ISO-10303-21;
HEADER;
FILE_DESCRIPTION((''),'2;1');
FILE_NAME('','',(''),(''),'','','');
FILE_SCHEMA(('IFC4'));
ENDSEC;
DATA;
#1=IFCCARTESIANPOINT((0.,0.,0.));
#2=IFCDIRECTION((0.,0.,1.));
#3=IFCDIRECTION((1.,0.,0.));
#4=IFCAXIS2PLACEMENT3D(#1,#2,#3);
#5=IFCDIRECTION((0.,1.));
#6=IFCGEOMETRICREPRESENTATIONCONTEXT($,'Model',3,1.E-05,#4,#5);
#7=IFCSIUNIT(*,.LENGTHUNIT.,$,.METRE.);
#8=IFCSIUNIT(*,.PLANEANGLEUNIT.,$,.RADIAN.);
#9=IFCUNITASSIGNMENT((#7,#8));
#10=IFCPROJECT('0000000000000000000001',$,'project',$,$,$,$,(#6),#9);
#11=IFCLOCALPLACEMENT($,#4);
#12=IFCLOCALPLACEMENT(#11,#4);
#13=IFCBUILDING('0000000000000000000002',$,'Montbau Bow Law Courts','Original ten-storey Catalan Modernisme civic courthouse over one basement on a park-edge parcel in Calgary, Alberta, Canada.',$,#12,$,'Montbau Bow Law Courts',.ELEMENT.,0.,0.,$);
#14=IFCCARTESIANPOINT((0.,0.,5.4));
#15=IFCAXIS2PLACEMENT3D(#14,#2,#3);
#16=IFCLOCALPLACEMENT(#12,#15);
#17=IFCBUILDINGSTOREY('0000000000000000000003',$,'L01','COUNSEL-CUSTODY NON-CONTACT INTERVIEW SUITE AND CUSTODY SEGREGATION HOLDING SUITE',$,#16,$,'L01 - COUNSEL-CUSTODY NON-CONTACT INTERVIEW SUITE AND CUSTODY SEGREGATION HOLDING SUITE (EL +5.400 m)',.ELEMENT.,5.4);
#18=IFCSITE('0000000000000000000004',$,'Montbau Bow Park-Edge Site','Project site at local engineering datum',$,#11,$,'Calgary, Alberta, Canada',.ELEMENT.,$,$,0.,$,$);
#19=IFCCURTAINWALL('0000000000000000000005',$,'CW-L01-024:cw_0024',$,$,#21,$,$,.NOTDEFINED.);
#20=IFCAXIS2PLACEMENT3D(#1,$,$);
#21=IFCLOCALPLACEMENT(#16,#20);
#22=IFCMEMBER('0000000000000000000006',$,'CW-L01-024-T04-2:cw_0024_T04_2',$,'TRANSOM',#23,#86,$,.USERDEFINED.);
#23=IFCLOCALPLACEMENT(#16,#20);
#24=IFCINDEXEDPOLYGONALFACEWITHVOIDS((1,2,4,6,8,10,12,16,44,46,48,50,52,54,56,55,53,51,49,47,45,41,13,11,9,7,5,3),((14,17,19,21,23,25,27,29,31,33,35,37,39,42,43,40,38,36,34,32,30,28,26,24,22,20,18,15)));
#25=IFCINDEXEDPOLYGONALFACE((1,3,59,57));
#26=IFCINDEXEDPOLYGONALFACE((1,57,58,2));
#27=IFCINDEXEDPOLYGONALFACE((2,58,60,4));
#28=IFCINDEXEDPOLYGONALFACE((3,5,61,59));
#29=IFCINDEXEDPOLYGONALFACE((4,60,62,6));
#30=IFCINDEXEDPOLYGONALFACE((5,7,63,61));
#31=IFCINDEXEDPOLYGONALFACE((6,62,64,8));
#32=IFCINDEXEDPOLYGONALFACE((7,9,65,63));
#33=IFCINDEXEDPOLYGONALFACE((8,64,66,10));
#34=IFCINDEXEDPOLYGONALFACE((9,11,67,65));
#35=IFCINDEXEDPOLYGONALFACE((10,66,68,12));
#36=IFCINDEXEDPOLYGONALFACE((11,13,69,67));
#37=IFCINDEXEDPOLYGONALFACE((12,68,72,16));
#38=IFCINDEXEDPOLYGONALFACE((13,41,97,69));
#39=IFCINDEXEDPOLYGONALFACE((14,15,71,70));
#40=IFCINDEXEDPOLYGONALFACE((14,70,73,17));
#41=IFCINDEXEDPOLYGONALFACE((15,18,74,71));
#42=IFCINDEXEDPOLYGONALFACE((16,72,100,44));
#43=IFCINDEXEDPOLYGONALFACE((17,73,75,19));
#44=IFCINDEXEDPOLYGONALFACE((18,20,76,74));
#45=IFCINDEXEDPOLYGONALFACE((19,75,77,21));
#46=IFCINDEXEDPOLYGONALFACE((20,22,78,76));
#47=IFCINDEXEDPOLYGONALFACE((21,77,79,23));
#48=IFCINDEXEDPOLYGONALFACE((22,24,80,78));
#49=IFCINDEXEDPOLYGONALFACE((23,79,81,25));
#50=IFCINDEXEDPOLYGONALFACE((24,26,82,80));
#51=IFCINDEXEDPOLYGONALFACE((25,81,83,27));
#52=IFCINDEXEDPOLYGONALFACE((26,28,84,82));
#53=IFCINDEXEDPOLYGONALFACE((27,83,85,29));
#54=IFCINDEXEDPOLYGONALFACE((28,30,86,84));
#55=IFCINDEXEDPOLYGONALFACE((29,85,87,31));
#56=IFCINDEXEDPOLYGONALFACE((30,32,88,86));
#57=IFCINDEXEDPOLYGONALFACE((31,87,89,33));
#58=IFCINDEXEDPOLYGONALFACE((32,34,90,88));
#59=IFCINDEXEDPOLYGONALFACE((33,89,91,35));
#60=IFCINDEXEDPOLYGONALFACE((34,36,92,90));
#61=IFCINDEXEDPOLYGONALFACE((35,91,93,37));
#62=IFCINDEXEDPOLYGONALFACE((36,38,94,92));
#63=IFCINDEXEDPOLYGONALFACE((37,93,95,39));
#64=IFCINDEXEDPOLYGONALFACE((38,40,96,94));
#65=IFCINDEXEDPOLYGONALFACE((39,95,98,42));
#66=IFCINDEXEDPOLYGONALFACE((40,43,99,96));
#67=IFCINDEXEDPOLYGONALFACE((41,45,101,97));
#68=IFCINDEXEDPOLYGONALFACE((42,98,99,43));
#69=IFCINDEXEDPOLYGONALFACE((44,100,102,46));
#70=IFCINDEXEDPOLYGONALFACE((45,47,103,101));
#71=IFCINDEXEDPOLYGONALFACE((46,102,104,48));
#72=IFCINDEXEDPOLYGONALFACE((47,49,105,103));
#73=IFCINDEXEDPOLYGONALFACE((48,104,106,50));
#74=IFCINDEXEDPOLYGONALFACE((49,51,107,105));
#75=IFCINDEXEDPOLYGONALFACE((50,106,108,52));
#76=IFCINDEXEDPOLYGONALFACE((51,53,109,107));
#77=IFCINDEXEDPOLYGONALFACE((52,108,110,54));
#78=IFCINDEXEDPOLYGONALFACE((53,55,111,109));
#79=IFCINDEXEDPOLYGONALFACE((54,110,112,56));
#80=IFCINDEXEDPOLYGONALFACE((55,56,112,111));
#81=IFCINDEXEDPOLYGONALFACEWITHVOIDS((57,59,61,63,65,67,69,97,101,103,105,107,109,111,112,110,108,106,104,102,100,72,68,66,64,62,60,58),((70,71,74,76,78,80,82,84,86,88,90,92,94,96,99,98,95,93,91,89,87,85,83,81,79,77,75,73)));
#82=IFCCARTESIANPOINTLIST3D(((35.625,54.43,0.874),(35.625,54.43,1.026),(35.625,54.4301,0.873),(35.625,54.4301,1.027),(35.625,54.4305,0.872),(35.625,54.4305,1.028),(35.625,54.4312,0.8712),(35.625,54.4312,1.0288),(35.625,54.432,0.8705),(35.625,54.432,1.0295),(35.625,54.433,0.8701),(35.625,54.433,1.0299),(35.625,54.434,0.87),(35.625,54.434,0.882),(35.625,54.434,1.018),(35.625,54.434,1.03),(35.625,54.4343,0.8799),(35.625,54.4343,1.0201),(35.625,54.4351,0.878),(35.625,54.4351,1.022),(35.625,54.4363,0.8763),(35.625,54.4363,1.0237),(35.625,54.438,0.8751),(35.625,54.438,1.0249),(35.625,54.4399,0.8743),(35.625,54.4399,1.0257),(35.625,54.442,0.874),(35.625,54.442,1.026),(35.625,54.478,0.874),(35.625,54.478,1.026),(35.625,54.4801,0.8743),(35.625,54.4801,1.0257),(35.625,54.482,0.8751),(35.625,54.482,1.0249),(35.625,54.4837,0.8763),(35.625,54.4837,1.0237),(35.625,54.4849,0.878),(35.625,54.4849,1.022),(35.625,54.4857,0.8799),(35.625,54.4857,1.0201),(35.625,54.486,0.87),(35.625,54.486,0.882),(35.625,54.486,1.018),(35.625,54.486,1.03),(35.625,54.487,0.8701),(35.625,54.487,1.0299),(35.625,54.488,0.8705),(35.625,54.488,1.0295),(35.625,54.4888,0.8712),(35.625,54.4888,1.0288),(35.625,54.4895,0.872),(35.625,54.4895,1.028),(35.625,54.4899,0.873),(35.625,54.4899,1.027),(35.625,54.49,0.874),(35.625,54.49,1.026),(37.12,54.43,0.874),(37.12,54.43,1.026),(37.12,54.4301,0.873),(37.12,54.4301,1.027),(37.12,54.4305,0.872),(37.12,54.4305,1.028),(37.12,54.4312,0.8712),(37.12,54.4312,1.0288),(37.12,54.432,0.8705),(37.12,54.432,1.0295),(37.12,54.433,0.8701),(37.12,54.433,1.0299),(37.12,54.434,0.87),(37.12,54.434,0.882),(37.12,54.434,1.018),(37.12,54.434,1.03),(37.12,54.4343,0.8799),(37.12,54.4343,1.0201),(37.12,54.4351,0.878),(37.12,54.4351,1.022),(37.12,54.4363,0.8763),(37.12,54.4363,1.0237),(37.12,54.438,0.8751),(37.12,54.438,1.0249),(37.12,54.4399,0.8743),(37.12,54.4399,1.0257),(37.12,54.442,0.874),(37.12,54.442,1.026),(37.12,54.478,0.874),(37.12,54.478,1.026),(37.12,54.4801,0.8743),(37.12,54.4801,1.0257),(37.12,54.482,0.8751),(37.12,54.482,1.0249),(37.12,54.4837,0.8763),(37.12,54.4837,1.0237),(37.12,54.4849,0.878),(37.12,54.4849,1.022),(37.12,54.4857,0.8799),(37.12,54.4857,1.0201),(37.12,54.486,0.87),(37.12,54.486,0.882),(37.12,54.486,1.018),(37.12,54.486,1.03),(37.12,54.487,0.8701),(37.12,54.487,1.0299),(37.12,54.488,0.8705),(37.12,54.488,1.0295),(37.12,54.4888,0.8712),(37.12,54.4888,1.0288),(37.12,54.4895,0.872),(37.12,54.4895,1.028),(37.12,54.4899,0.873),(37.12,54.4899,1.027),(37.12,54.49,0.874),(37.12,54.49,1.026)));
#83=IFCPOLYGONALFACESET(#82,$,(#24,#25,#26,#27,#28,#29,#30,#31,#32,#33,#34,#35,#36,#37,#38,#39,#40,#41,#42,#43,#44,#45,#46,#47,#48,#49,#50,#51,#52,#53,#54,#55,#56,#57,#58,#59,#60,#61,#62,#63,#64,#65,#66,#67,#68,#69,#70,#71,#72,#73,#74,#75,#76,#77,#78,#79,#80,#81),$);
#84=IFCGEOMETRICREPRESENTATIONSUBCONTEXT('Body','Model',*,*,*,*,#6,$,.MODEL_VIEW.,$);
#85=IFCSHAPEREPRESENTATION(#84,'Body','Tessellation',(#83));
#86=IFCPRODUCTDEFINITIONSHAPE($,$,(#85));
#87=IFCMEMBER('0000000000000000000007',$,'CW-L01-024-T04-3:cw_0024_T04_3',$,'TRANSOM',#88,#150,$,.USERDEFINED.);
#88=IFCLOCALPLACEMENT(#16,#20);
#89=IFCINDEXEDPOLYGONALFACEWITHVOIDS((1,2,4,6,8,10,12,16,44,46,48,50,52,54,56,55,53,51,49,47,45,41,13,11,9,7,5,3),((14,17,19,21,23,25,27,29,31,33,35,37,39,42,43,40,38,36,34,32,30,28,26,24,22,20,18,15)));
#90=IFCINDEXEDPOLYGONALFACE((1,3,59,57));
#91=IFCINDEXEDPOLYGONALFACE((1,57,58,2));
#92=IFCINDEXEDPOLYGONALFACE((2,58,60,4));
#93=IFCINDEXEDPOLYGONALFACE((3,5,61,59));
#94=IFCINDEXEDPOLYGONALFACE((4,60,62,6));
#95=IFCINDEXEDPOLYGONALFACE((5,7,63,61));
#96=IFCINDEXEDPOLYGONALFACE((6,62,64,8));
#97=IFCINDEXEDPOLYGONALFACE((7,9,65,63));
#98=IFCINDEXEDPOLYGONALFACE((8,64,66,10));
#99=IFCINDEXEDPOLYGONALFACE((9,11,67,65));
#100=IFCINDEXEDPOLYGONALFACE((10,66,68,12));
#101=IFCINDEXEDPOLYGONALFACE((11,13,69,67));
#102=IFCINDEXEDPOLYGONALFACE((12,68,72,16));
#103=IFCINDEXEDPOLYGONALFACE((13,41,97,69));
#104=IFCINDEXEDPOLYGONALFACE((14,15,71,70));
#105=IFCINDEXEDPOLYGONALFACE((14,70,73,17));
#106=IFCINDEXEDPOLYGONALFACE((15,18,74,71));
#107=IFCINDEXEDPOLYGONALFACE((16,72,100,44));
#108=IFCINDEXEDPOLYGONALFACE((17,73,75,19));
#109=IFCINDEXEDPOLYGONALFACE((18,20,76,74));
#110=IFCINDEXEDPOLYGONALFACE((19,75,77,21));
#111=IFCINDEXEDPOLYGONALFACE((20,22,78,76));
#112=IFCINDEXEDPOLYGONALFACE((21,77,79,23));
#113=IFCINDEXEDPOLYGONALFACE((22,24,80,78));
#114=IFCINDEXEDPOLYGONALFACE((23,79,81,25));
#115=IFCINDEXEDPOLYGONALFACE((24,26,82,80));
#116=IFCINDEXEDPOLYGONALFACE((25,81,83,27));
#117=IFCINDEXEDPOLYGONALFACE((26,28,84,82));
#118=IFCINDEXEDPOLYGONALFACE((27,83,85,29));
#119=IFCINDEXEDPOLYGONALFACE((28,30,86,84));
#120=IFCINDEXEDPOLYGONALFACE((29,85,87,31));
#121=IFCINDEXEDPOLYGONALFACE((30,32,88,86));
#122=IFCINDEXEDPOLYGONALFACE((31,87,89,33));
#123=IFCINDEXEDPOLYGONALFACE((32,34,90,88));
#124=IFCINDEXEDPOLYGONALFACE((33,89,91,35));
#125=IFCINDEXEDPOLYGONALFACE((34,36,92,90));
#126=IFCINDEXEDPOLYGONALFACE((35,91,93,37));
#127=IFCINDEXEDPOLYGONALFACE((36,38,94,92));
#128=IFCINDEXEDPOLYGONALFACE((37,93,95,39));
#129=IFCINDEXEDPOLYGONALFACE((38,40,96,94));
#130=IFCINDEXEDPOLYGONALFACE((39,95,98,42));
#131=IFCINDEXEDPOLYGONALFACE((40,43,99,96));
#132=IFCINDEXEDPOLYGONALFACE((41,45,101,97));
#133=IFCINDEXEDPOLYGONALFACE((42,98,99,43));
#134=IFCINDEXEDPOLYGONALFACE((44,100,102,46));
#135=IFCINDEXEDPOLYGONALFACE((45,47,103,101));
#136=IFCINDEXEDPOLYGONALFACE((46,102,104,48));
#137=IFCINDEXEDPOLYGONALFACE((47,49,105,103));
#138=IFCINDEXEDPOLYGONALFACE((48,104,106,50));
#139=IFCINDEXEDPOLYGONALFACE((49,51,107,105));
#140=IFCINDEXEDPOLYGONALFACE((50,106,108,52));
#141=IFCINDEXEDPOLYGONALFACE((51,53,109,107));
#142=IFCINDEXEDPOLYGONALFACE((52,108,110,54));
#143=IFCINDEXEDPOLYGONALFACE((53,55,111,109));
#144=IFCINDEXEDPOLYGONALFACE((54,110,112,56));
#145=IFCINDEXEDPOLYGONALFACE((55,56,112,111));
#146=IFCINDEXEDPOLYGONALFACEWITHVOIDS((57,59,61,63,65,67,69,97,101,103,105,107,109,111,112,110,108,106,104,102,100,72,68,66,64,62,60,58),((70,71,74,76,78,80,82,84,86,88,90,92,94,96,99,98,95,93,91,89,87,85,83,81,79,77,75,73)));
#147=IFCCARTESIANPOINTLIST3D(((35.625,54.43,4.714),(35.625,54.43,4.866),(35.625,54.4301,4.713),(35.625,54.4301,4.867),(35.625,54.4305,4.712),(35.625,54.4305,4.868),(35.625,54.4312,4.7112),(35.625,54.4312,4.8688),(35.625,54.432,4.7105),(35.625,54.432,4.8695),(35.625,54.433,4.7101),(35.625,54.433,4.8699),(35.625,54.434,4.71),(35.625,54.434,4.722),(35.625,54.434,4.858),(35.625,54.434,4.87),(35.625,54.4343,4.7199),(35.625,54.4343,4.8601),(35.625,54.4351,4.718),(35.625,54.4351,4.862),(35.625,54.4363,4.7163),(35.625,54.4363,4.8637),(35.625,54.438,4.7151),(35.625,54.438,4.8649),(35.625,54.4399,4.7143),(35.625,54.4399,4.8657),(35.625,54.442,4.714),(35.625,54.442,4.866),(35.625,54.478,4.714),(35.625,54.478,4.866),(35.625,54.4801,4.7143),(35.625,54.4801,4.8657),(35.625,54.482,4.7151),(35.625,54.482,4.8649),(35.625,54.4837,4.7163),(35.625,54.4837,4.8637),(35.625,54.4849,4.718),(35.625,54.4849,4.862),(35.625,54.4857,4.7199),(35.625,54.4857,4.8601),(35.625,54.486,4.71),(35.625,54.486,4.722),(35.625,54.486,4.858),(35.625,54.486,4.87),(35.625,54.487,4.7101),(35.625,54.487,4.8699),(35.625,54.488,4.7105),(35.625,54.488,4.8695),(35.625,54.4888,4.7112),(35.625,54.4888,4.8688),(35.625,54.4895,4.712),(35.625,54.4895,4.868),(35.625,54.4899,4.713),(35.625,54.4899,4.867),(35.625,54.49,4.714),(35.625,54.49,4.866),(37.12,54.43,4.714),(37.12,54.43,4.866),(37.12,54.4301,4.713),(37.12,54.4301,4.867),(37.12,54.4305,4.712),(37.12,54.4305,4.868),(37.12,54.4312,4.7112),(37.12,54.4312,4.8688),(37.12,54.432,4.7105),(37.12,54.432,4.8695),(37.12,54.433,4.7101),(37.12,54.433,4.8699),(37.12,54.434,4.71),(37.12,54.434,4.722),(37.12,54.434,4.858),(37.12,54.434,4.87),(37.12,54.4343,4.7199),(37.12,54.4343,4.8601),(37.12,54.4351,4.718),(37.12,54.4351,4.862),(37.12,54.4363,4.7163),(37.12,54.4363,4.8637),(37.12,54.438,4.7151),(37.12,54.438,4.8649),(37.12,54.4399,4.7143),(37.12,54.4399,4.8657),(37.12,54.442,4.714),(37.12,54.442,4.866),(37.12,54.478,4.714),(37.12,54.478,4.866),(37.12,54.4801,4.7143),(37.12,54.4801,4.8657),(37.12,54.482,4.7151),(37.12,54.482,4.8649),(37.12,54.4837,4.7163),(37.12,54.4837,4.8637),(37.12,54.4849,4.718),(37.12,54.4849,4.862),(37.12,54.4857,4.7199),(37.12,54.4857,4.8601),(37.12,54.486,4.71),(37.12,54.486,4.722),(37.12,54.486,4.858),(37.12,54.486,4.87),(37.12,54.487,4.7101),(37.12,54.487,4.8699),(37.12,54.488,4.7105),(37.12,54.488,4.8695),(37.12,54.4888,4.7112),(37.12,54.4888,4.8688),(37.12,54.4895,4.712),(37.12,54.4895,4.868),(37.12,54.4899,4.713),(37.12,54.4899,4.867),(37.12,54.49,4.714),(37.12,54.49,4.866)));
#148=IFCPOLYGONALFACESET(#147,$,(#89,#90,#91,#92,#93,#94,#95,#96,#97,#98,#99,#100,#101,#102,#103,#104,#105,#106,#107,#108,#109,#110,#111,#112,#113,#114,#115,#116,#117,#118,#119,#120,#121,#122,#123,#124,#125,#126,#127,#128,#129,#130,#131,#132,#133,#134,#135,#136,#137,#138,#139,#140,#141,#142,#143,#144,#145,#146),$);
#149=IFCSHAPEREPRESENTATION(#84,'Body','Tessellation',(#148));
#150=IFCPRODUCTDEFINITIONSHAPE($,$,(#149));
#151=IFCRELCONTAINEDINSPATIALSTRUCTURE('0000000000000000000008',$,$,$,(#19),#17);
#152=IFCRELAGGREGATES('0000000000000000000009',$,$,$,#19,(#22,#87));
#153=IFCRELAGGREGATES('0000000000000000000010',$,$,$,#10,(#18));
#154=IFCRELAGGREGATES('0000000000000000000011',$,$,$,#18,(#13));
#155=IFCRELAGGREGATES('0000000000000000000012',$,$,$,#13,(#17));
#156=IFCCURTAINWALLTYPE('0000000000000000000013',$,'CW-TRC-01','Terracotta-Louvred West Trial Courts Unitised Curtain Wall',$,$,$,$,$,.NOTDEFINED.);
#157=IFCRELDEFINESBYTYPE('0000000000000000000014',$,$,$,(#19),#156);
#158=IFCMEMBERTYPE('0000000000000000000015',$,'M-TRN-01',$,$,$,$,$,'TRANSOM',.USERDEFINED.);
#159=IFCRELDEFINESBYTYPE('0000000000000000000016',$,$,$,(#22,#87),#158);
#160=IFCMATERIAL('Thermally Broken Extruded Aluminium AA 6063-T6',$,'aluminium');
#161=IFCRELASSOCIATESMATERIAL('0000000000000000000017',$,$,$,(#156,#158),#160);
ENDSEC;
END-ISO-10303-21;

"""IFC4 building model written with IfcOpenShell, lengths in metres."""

from ifc_helpers import new_model, si_unit, direction, frame, origin_with_axes, origin_2d_with_axis, place, context, subcontext, project, spatial, hollow_rectangle, extrude, material, material_profile, profile_set, type_object, element, aggregate, save


model = new_model("IFC4")

# Units and contexts
model_context = context("Model", 3, precision=1e-05, world=origin_with_axes(), true_north=direction((0.0, 1.0)))
body_context = subcontext(model_context, "Body", "Model", "MODEL_VIEW")
ifc_project = project(units=[si_unit("LENGTHUNIT", "METRE"), si_unit("PLANEANGLEUNIT", "RADIAN")], contexts=[model_context])

# Site, building, storey
site_placement = place(None, origin_with_axes())
site = spatial("IfcSite", under=ifc_project, at=site_placement, Name="Montbau Bow Park-Edge Site", Description="Project site at local engineering datum", LongName="Calgary, Alberta, Canada", CompositionType="ELEMENT", RefElevation=0.0)
building_placement = place(site_placement, origin_with_axes())
building = spatial("IfcBuilding", under=site, at=building_placement, Name="Montbau Bow Law Courts", Description="Original ten-storey Catalan Modernisme civic courthouse over one basement on a park-edge parcel in Calgary, Alberta, Canada.", LongName="Montbau Bow Law Courts", CompositionType="ELEMENT", ElevationOfRefHeight=0.0, ElevationOfTerrain=0.0)
storey_placement = place(building_placement, frame((0.0, 0.0, 5.4), z_axis=(0.0, 0.0, 1.0), x_axis=(1.0, 0.0, 0.0)))
storey = spatial("IfcBuildingStorey", under=building, at=storey_placement, Name="L01", Description="COUNSEL-CUSTODY NON-CONTACT INTERVIEW SUITE AND CUSTODY SEGREGATION HOLDING SUITE", LongName="L01 - COUNSEL-CUSTODY NON-CONTACT INTERVIEW SUITE AND CUSTODY SEGREGATION HOLDING SUITE (EL +5.400 m)", CompositionType="ELEMENT", Elevation=5.4)

# Curtain wall
ifc_material_1 = material(Name="Thermally Broken Extruded Aluminium AA 6063-T6", Category="aluminium")
curtain_wall_type = type_object("IfcCurtainWallType", Name="CW-TRC-01", Description="Terracotta-Louvred West Trial Courts Unitised Curtain Wall", PredefinedType="NOTDEFINED", material=ifc_material_1)
curtain_wall_1_placement = place(None, frame((30.867, 54.46, 5.4), z_axis=(0.0, 0.0, 1.0), x_axis=(1.0, 0.0, 0.0)))
curtain_wall_1 = element("IfcCurtainWall", 1, at=curtain_wall_1_placement, inside=storey, type_object=curtain_wall_type, Name="CW-L01-024:cw_0024", PredefinedType="NOTDEFINED")

# Members
ifc_material_profile_1 = material_profile(ifc_material_1, hollow_rectangle(XDim=0.06, YDim=0.16, WallThickness=0.004, InnerFilletRadius=0.008, OuterFilletRadius=0.004, at=origin_2d_with_axis()), Name="CWT-160X60", Category="Main", Priority=0)
ifc_profile_set_1 = profile_set([ifc_material_profile_1], Name="Thermally Broken Extruded Aluminium AA 6063-T6")
member_type_1 = type_object("IfcMemberType", Name="M-TRN-01", ElementType="TRANSOM", PredefinedType="USERDEFINED", material=ifc_profile_set_1)
member_1_placement = place(None, frame((35.625, 54.46, 6.35), z_axis=(1.0, 0.0, 0.0), x_axis=(0.0, 1.0, 0.0)))
member_1 = element("IfcMember", 2, at=member_1_placement, type_object=member_type_1, Name="CW-L01-024-T04-2:cw_0024_T04_2", ObjectType="TRANSOM", PredefinedType="USERDEFINED", context=body_context, shape_type="SweptSolid", body=[
    extrude(hollow_rectangle(XDim=0.06, YDim=0.16, WallThickness=0.004, InnerFilletRadius=0.008, OuterFilletRadius=0.004, at=origin_2d_with_axis()), origin_with_axes(), (0.0, 0.0, 1.0), 1.495),
])
member_2_placement = place(None, frame((35.625, 54.46, 10.19), z_axis=(1.0, 0.0, 0.0), x_axis=(0.0, 1.0, 0.0)))
member_2 = element("IfcMember", 3, at=member_2_placement, type_object=member_type_1, Name="CW-L01-024-T04-3:cw_0024_T04_3", ObjectType="TRANSOM", PredefinedType="USERDEFINED", context=body_context, shape_type="SweptSolid", body=[
    extrude(hollow_rectangle(XDim=0.06, YDim=0.16, WallThickness=0.004, InnerFilletRadius=0.008, OuterFilletRadius=0.004, at=origin_2d_with_axis()), origin_with_axes(), (0.0, 0.0, 1.0), 1.495),
])

aggregate(curtain_wall_1, [member_1, member_2])

save(model, "model.ifc")
